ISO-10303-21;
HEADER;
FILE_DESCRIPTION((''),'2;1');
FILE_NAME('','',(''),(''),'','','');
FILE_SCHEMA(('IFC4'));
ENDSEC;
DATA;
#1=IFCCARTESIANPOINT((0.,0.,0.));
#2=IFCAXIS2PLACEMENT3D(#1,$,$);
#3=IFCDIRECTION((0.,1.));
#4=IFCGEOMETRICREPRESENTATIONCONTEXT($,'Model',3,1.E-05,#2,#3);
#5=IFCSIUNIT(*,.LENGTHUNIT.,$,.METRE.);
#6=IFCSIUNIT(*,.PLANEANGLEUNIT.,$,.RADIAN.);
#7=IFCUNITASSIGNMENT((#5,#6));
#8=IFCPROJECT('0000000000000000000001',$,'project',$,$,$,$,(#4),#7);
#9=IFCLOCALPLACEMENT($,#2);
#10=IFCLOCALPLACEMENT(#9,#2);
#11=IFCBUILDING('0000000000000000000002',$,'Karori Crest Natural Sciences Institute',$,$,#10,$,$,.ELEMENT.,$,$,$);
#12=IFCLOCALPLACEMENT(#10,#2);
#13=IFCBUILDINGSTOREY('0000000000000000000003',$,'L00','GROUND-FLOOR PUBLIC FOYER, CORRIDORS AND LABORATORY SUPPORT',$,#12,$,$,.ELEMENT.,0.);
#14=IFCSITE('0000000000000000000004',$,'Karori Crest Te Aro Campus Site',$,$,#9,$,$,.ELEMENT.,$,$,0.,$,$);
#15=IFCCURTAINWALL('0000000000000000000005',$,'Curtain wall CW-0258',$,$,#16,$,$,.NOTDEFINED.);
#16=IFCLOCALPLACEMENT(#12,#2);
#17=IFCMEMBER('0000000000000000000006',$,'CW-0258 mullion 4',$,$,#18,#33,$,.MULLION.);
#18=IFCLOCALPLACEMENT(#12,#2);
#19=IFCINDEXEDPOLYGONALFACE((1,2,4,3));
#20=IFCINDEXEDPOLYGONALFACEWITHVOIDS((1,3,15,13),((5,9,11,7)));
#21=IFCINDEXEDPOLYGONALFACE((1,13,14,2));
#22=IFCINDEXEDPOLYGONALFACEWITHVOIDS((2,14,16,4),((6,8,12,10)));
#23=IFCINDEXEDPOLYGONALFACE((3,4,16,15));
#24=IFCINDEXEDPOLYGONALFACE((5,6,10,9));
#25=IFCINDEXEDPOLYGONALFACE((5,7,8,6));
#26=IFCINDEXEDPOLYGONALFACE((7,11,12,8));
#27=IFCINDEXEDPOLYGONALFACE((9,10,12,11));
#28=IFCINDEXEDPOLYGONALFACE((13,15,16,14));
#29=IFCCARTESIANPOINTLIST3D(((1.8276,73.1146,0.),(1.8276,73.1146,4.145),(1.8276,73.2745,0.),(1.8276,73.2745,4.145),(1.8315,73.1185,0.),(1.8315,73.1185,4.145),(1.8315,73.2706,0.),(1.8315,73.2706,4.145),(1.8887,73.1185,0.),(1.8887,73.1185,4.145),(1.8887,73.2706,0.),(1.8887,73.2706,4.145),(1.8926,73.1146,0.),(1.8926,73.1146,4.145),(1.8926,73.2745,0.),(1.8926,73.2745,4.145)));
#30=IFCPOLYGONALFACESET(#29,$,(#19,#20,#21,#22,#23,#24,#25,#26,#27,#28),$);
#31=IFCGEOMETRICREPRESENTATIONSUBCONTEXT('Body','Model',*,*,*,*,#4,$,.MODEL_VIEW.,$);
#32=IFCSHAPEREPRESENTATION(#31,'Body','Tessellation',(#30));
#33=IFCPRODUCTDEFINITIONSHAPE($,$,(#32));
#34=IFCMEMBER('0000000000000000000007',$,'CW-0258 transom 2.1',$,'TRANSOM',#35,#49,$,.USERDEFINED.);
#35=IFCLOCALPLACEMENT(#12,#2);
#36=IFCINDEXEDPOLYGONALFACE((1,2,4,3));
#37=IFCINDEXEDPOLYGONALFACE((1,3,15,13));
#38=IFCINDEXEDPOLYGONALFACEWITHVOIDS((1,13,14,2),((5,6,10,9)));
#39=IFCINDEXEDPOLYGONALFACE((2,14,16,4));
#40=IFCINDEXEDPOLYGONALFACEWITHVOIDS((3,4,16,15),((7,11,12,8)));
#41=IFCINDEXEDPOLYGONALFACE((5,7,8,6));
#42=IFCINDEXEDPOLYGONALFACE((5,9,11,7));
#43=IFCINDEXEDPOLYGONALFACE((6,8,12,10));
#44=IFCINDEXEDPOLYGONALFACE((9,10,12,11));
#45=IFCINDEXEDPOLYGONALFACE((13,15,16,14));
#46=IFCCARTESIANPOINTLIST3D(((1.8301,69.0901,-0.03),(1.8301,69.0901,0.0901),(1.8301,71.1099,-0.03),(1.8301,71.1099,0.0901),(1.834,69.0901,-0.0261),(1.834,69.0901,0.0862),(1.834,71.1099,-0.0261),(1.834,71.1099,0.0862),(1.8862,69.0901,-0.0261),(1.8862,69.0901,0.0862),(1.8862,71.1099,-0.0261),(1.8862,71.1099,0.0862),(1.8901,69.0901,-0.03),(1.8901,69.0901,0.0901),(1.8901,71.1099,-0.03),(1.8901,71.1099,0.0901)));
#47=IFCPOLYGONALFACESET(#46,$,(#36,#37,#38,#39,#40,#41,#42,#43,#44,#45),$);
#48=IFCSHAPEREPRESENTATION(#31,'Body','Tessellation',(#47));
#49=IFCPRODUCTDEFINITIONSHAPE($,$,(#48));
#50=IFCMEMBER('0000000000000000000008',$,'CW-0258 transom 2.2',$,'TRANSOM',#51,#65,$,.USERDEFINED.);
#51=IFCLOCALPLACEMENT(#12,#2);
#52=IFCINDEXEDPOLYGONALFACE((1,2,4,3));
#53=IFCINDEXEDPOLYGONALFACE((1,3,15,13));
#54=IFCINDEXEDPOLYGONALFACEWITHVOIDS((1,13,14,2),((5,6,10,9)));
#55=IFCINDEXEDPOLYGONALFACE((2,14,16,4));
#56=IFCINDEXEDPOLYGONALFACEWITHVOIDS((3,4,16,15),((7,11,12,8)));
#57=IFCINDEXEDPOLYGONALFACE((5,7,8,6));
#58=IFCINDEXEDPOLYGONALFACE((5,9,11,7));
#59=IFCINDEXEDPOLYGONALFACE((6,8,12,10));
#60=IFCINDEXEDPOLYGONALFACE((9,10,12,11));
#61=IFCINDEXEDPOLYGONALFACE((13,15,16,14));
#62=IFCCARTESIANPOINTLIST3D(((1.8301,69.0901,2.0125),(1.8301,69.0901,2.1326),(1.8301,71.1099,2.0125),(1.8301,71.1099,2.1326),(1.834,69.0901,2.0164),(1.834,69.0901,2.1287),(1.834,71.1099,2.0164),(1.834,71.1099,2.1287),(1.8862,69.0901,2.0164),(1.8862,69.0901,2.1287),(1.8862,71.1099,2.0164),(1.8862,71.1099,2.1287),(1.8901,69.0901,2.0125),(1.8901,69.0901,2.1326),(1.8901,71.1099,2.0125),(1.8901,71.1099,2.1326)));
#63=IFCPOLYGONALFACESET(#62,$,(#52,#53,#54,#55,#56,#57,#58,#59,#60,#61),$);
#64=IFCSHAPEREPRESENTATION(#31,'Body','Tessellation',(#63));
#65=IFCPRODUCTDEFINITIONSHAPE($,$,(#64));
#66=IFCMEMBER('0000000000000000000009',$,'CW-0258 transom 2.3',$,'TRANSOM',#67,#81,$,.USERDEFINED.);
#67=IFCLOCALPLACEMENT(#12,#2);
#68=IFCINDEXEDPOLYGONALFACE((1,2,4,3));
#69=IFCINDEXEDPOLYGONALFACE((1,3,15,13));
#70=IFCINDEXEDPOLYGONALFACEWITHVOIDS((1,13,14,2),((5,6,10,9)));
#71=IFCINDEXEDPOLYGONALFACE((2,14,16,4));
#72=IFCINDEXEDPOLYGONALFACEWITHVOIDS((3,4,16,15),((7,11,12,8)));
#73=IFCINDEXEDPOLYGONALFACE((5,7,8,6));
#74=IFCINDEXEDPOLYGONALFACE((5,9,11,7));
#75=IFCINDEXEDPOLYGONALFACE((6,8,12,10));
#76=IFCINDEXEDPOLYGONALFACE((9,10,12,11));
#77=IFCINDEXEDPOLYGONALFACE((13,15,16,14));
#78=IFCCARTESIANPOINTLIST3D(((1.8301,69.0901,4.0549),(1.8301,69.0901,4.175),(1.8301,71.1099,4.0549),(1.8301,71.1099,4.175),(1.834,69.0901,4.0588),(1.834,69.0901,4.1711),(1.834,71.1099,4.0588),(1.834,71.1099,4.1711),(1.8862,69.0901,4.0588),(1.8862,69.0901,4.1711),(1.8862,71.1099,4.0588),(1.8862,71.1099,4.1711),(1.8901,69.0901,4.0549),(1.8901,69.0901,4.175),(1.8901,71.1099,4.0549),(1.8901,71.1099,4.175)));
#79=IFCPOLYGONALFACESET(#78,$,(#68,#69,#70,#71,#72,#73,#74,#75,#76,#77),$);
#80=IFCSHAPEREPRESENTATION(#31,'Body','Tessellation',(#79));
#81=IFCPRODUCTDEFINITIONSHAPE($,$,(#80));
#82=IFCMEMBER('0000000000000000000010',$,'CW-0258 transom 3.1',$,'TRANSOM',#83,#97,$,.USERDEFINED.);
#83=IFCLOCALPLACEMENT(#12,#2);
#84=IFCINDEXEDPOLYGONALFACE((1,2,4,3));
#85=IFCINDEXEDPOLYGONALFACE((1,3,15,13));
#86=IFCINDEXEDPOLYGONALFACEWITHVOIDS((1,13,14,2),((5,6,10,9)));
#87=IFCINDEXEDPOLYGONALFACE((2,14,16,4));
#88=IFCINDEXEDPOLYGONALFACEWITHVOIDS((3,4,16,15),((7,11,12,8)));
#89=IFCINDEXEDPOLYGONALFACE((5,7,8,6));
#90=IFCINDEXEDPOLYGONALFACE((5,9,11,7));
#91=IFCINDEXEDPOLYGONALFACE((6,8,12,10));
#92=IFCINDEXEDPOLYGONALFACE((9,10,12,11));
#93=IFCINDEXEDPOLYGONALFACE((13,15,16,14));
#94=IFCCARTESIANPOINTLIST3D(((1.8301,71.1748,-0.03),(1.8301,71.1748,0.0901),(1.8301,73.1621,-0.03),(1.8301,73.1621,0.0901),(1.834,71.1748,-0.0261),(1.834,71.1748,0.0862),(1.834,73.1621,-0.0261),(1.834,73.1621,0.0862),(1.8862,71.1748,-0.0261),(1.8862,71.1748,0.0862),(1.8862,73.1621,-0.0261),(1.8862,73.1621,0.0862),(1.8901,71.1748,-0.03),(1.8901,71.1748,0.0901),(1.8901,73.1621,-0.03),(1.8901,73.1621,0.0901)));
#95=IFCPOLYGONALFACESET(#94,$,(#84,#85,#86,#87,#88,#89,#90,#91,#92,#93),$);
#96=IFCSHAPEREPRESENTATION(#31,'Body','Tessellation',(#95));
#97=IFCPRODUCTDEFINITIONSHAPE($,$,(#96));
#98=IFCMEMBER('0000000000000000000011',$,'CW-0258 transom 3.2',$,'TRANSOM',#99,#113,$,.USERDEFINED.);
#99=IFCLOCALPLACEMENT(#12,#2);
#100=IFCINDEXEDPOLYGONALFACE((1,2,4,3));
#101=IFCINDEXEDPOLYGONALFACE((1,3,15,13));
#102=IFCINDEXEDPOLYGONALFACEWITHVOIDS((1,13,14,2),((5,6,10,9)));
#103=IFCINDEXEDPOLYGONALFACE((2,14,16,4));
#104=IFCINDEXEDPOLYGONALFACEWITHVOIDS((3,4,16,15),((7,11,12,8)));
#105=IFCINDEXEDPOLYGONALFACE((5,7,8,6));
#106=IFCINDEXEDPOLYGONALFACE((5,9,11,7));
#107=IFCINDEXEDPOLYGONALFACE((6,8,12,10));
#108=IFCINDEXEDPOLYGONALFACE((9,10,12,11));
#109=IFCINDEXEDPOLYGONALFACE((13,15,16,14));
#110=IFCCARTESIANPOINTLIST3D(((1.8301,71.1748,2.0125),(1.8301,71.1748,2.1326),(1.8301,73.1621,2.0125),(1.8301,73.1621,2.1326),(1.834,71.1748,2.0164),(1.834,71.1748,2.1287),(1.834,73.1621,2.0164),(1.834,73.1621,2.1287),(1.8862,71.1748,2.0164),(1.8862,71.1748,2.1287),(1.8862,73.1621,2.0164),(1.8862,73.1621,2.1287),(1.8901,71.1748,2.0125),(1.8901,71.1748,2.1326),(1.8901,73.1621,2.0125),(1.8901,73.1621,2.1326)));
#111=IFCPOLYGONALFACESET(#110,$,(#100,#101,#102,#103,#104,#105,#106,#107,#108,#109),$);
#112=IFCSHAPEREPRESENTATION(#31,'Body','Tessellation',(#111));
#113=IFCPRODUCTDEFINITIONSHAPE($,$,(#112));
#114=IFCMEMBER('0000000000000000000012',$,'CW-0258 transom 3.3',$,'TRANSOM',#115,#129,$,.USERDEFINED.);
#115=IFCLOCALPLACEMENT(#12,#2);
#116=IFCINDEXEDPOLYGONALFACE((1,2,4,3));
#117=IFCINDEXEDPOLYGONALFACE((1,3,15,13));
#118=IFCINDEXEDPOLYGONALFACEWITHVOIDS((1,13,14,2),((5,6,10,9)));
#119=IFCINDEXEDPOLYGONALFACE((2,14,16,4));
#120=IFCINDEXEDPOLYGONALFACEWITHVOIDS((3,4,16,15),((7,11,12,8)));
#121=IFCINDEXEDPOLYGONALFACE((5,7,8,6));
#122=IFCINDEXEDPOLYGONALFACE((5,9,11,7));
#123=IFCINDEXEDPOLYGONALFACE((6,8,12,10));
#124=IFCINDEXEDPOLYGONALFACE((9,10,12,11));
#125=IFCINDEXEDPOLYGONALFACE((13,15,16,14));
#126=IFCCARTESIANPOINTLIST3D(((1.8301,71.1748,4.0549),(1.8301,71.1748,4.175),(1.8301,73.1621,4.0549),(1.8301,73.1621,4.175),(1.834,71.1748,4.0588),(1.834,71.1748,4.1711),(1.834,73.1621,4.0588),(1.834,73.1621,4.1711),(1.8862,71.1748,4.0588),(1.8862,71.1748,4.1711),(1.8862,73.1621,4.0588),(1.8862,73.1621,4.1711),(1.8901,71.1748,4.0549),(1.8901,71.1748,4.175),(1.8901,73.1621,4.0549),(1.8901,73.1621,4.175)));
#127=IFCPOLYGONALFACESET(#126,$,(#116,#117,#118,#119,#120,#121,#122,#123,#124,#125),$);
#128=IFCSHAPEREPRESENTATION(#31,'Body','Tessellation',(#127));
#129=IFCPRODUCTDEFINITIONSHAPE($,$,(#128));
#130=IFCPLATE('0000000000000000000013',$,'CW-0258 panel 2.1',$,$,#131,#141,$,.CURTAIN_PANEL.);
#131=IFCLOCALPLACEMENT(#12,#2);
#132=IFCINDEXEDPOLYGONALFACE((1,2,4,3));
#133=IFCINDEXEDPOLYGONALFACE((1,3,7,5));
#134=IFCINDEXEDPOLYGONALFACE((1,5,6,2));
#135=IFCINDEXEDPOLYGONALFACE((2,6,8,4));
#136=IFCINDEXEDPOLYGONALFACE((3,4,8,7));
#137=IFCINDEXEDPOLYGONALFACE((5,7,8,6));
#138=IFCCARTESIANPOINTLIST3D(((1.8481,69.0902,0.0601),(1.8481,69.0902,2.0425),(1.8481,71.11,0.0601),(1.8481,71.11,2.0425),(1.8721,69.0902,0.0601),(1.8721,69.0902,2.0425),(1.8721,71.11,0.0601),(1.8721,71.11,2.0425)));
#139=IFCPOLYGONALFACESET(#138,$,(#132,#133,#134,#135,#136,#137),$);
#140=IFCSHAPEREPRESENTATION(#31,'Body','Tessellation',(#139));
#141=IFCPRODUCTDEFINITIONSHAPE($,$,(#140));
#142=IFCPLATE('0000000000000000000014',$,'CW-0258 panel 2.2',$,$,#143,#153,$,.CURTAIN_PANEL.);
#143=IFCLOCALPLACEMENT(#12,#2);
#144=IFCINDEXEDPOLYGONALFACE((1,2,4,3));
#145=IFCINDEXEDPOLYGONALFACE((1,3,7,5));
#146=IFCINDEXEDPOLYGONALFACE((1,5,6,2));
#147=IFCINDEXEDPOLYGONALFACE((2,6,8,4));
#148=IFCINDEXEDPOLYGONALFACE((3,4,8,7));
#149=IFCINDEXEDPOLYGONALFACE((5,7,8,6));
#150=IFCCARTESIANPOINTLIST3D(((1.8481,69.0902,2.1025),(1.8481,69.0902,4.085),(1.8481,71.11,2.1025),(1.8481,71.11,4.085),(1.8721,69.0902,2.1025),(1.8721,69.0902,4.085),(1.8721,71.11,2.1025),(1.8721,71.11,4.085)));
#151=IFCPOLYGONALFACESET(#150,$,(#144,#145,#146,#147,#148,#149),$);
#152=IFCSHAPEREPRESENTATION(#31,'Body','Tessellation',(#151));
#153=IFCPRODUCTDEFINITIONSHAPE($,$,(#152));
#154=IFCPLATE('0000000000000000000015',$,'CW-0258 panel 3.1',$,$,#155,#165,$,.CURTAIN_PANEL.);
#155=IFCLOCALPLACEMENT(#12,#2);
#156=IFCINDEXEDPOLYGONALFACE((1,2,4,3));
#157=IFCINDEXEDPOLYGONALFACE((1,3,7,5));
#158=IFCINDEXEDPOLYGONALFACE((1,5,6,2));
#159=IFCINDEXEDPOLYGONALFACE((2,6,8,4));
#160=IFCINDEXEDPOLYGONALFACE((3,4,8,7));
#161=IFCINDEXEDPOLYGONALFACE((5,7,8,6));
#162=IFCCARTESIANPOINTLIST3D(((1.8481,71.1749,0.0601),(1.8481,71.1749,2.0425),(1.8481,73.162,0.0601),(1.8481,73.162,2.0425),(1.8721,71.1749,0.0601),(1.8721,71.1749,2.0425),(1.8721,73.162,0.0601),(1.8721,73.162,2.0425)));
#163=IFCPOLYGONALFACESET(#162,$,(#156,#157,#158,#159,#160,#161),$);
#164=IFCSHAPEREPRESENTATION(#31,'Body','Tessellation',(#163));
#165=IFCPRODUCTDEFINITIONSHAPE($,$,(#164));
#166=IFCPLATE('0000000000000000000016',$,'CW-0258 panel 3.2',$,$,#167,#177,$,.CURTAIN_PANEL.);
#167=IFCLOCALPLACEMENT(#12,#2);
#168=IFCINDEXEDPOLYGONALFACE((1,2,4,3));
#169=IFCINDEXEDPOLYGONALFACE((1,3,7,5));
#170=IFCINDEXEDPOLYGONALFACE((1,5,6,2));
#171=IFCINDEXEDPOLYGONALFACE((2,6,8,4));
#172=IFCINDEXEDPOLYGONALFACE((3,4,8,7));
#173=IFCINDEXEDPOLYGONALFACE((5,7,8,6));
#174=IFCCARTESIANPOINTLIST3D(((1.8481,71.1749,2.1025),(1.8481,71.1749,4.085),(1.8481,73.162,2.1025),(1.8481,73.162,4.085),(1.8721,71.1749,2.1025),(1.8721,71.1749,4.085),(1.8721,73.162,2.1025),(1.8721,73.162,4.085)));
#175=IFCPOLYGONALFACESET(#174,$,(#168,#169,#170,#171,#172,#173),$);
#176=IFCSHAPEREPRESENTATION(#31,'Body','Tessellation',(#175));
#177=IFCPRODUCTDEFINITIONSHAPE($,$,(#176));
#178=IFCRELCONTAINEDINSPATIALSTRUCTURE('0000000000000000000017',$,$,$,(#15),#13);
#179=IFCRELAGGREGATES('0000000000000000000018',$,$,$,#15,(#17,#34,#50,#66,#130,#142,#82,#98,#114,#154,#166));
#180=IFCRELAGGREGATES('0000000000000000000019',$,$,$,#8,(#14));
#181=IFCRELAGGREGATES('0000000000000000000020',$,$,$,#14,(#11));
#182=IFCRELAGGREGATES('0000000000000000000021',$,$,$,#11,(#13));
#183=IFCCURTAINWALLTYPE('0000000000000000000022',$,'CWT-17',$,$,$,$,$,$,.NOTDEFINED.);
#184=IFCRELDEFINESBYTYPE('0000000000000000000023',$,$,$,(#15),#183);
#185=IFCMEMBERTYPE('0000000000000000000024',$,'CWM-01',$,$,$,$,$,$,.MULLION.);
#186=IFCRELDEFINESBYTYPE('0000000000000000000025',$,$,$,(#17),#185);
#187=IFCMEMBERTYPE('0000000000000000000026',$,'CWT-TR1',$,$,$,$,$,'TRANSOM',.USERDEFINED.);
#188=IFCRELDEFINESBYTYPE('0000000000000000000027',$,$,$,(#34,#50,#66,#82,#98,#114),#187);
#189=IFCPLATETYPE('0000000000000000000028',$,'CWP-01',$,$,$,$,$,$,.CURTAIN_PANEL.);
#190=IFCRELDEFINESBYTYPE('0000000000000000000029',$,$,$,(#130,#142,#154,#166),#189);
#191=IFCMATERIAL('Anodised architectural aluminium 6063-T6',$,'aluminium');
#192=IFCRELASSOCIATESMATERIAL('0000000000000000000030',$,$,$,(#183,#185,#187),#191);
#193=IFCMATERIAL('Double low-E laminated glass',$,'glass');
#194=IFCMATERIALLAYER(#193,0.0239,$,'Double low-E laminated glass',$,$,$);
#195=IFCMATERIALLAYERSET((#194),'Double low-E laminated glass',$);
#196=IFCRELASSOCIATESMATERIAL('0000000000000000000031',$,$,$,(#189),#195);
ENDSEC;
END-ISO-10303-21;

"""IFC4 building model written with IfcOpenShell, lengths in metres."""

from ifc_helpers import new_model, si_unit, direction, frame, origin, origin_2d, place, context, subcontext, project, spatial, rectangle, hollow_rectangle, extrude, material, layer, layer_set, material_profile, profile_set, type_object, element, aggregate, save


model = new_model("IFC4")

# Units and contexts
model_context = context("Model", 3, precision=1e-05, world=origin(), true_north=direction((0.0, 1.0)))
body_context = subcontext(model_context, "Body", "Model", "MODEL_VIEW")
ifc_project = project(units=[si_unit("LENGTHUNIT", "METRE"), si_unit("PLANEANGLEUNIT", "RADIAN")], contexts=[model_context])

# Site, building, storey
site_placement = place(None, origin())
site = spatial("IfcSite", under=ifc_project, at=site_placement, Name="Karori Crest Te Aro Campus Site", CompositionType="ELEMENT", RefElevation=0.0)
building_placement = place(site_placement, origin())
building = spatial("IfcBuilding", under=site, at=building_placement, Name="Karori Crest Natural Sciences Institute", CompositionType="ELEMENT")
storey_placement = place(building_placement, origin())
storey = spatial("IfcBuildingStorey", under=building, at=storey_placement, Name="L00", Description="GROUND-FLOOR PUBLIC FOYER, CORRIDORS AND LABORATORY SUPPORT", CompositionType="ELEMENT", Elevation=0.0)

# Curtain wall, members, plates
ifc_material_1 = material(Name="Anodised architectural aluminium 6063-T6", Category="aluminium")
curtain_wall_type = type_object("IfcCurtainWallType", Name="CWT-17", PredefinedType="NOTDEFINED", material=ifc_material_1)
curtain_wall_placement = place(storey_placement, origin())
curtain_wall = element("IfcCurtainWall", 1, at=curtain_wall_placement, inside=storey, type_object=curtain_wall_type, Name="Curtain wall CW-0258", PredefinedType="NOTDEFINED")
ifc_material_profile_1 = material_profile(ifc_material_1, hollow_rectangle(XDim=0.0649, YDim=0.1599, WallThickness=0.0039, at=origin_2d()), Name="CWM160x65x4")
ifc_profile_set_1 = profile_set([ifc_material_profile_1], Name="Anodised architectural aluminium 6063-T6")
member_type_1 = type_object("IfcMemberType", Name="CWM-01", PredefinedType="MULLION", material=ifc_profile_set_1)
member_1_placement = place(storey_placement, frame((1.8601, 73.1946, 0.0), z_axis=(0.0, 0.0, 1.0), x_axis=(-1.0, 0.0, 0.0)))
member_1 = element("IfcMember", 2, at=member_1_placement, type_object=member_type_1, Name="CW-0258 mullion 4", PredefinedType="MULLION", context=body_context, shape_type="SweptSolid", body=[
    extrude(hollow_rectangle(XDim=0.0649, YDim=0.1599, WallThickness=0.0039, at=origin_2d()), origin(), (0.0, 0.0, 1.0), 4.145),
])
ifc_material_profile_2 = material_profile(ifc_material_1, hollow_rectangle(XDim=0.0601, YDim=0.1201, WallThickness=0.0039, at=origin_2d()), Name="CWT120x60x4")
ifc_profile_set_2 = profile_set([ifc_material_profile_2], Name="Anodised architectural aluminium 6063-T6")
member_type_2 = type_object("IfcMemberType", Name="CWT-TR1", ElementType="TRANSOM", PredefinedType="USERDEFINED", material=ifc_profile_set_2)
member_2_placement = place(storey_placement, frame((1.8601, 69.0901, 0.03), z_axis=(0.0, 1.0, 0.0), x_axis=(-1.0, 0.0, 0.0)))
member_2 = element("IfcMember", 3, at=member_2_placement, type_object=member_type_2, Name="CW-0258 transom 2.1", ObjectType="TRANSOM", PredefinedType="USERDEFINED", context=body_context, shape_type="SweptSolid", body=[
    extrude(hollow_rectangle(XDim=0.0601, YDim=0.1201, WallThickness=0.0039, at=origin_2d()), origin(), (0.0, 0.0, 1.0), 2.0198),
])
member_3_placement = place(storey_placement, frame((1.8601, 69.0901, 2.0725), z_axis=(0.0, 1.0, 0.0), x_axis=(-1.0, 0.0, 0.0)))
member_3 = element("IfcMember", 4, at=member_3_placement, type_object=member_type_2, Name="CW-0258 transom 2.2", ObjectType="TRANSOM", PredefinedType="USERDEFINED", context=body_context, shape_type="SweptSolid", body=[
    extrude(hollow_rectangle(XDim=0.0601, YDim=0.1201, WallThickness=0.0039, at=origin_2d()), origin(), (0.0, 0.0, 1.0), 2.0198),
])
member_4_placement = place(storey_placement, frame((1.8601, 69.0901, 4.115), z_axis=(0.0, 1.0, 0.0), x_axis=(-1.0, 0.0, 0.0)))
member_4 = element("IfcMember", 5, at=member_4_placement, type_object=member_type_2, Name="CW-0258 transom 2.3", ObjectType="TRANSOM", PredefinedType="USERDEFINED", context=body_context, shape_type="SweptSolid", body=[
    extrude(hollow_rectangle(XDim=0.0601, YDim=0.1201, WallThickness=0.0039, at=origin_2d()), origin(), (0.0, 0.0, 1.0), 2.0198),
])
member_5_placement = place(storey_placement, frame((1.8601, 71.1748, 0.03), z_axis=(0.0, 1.0, 0.0), x_axis=(-1.0, 0.0, 0.0)))
member_5 = element("IfcMember", 6, at=member_5_placement, type_object=member_type_2, Name="CW-0258 transom 3.1", ObjectType="TRANSOM", PredefinedType="USERDEFINED", context=body_context, shape_type="SweptSolid", body=[
    extrude(hollow_rectangle(XDim=0.0601, YDim=0.1201, WallThickness=0.0039, at=origin_2d()), origin(), (0.0, 0.0, 1.0), 1.9873),
])
member_6_placement = place(storey_placement, frame((1.8601, 71.1748, 2.0725), z_axis=(0.0, 1.0, 0.0), x_axis=(-1.0, 0.0, 0.0)))
member_6 = element("IfcMember", 7, at=member_6_placement, type_object=member_type_2, Name="CW-0258 transom 3.2", ObjectType="TRANSOM", PredefinedType="USERDEFINED", context=body_context, shape_type="SweptSolid", body=[
    extrude(hollow_rectangle(XDim=0.0601, YDim=0.1201, WallThickness=0.0039, at=origin_2d()), origin(), (0.0, 0.0, 1.0), 1.9873),
])
member_7_placement = place(storey_placement, frame((1.8601, 71.1748, 4.115), z_axis=(0.0, 1.0, 0.0), x_axis=(-1.0, 0.0, 0.0)))
member_7 = element("IfcMember", 8, at=member_7_placement, type_object=member_type_2, Name="CW-0258 transom 3.3", ObjectType="TRANSOM", PredefinedType="USERDEFINED", context=body_context, shape_type="SweptSolid", body=[
    extrude(hollow_rectangle(XDim=0.0601, YDim=0.1201, WallThickness=0.0039, at=origin_2d()), origin(), (0.0, 0.0, 1.0), 1.9873),
])
ifc_material_2 = material(Name="Double low-E laminated glass", Category="glass")
ifc_layer_1 = layer(ifc_material_2, 0.0239, Name="Double low-E laminated glass")
ifc_layer_set_1 = layer_set([ifc_layer_1], Name="Double low-E laminated glass")
plate_type = type_object("IfcPlateType", Name="CWP-01", PredefinedType="CURTAIN_PANEL", material=ifc_layer_set_1)
plate_1_placement = place(storey_placement, frame((1.8601, 70.1001, 0.0601), z_axis=(0.0, 0.0, 1.0), x_axis=(0.0, 1.0, 0.0)))
plate_1 = element("IfcPlate", 9, at=plate_1_placement, type_object=plate_type, Name="CW-0258 panel 2.1", PredefinedType="CURTAIN_PANEL", context=body_context, shape_type="SweptSolid", body=[
    extrude(rectangle(XDim=2.0198, YDim=0.0239, at=origin_2d()), origin(), (0.0, 0.0, 1.0), 1.9824),
])
plate_2_placement = place(storey_placement, frame((1.8601, 70.1001, 2.1025), z_axis=(0.0, 0.0, 1.0), x_axis=(0.0, 1.0, 0.0)))
plate_2 = element("IfcPlate", 10, at=plate_2_placement, type_object=plate_type, Name="CW-0258 panel 2.2", PredefinedType="CURTAIN_PANEL", context=body_context, shape_type="SweptSolid", body=[
    extrude(rectangle(XDim=2.0198, YDim=0.0239, at=origin_2d()), origin(), (0.0, 0.0, 1.0), 1.9824),
])
plate_3_placement = place(storey_placement, frame((1.8601, 72.1685, 0.0601), z_axis=(0.0, 0.0, 1.0), x_axis=(0.0, 1.0, 0.0)))
plate_3 = element("IfcPlate", 11, at=plate_3_placement, type_object=plate_type, Name="CW-0258 panel 3.1", PredefinedType="CURTAIN_PANEL", context=body_context, shape_type="SweptSolid", body=[
    extrude(rectangle(XDim=1.9871, YDim=0.0239, at=origin_2d()), origin(), (0.0, 0.0, 1.0), 1.9824),
])
plate_4_placement = place(storey_placement, frame((1.8601, 72.1685, 2.1025), z_axis=(0.0, 0.0, 1.0), x_axis=(0.0, 1.0, 0.0)))
plate_4 = element("IfcPlate", 12, at=plate_4_placement, type_object=plate_type, Name="CW-0258 panel 3.2", PredefinedType="CURTAIN_PANEL", context=body_context, shape_type="SweptSolid", body=[
    extrude(rectangle(XDim=1.9871, YDim=0.0239, at=origin_2d()), origin(), (0.0, 0.0, 1.0), 1.9824),
])
aggregate(curtain_wall, [member_1, member_2, member_3, member_4, plate_1, plate_2, member_5, member_6, member_7, plate_3, plate_4])

save(model, "model.ifc")
